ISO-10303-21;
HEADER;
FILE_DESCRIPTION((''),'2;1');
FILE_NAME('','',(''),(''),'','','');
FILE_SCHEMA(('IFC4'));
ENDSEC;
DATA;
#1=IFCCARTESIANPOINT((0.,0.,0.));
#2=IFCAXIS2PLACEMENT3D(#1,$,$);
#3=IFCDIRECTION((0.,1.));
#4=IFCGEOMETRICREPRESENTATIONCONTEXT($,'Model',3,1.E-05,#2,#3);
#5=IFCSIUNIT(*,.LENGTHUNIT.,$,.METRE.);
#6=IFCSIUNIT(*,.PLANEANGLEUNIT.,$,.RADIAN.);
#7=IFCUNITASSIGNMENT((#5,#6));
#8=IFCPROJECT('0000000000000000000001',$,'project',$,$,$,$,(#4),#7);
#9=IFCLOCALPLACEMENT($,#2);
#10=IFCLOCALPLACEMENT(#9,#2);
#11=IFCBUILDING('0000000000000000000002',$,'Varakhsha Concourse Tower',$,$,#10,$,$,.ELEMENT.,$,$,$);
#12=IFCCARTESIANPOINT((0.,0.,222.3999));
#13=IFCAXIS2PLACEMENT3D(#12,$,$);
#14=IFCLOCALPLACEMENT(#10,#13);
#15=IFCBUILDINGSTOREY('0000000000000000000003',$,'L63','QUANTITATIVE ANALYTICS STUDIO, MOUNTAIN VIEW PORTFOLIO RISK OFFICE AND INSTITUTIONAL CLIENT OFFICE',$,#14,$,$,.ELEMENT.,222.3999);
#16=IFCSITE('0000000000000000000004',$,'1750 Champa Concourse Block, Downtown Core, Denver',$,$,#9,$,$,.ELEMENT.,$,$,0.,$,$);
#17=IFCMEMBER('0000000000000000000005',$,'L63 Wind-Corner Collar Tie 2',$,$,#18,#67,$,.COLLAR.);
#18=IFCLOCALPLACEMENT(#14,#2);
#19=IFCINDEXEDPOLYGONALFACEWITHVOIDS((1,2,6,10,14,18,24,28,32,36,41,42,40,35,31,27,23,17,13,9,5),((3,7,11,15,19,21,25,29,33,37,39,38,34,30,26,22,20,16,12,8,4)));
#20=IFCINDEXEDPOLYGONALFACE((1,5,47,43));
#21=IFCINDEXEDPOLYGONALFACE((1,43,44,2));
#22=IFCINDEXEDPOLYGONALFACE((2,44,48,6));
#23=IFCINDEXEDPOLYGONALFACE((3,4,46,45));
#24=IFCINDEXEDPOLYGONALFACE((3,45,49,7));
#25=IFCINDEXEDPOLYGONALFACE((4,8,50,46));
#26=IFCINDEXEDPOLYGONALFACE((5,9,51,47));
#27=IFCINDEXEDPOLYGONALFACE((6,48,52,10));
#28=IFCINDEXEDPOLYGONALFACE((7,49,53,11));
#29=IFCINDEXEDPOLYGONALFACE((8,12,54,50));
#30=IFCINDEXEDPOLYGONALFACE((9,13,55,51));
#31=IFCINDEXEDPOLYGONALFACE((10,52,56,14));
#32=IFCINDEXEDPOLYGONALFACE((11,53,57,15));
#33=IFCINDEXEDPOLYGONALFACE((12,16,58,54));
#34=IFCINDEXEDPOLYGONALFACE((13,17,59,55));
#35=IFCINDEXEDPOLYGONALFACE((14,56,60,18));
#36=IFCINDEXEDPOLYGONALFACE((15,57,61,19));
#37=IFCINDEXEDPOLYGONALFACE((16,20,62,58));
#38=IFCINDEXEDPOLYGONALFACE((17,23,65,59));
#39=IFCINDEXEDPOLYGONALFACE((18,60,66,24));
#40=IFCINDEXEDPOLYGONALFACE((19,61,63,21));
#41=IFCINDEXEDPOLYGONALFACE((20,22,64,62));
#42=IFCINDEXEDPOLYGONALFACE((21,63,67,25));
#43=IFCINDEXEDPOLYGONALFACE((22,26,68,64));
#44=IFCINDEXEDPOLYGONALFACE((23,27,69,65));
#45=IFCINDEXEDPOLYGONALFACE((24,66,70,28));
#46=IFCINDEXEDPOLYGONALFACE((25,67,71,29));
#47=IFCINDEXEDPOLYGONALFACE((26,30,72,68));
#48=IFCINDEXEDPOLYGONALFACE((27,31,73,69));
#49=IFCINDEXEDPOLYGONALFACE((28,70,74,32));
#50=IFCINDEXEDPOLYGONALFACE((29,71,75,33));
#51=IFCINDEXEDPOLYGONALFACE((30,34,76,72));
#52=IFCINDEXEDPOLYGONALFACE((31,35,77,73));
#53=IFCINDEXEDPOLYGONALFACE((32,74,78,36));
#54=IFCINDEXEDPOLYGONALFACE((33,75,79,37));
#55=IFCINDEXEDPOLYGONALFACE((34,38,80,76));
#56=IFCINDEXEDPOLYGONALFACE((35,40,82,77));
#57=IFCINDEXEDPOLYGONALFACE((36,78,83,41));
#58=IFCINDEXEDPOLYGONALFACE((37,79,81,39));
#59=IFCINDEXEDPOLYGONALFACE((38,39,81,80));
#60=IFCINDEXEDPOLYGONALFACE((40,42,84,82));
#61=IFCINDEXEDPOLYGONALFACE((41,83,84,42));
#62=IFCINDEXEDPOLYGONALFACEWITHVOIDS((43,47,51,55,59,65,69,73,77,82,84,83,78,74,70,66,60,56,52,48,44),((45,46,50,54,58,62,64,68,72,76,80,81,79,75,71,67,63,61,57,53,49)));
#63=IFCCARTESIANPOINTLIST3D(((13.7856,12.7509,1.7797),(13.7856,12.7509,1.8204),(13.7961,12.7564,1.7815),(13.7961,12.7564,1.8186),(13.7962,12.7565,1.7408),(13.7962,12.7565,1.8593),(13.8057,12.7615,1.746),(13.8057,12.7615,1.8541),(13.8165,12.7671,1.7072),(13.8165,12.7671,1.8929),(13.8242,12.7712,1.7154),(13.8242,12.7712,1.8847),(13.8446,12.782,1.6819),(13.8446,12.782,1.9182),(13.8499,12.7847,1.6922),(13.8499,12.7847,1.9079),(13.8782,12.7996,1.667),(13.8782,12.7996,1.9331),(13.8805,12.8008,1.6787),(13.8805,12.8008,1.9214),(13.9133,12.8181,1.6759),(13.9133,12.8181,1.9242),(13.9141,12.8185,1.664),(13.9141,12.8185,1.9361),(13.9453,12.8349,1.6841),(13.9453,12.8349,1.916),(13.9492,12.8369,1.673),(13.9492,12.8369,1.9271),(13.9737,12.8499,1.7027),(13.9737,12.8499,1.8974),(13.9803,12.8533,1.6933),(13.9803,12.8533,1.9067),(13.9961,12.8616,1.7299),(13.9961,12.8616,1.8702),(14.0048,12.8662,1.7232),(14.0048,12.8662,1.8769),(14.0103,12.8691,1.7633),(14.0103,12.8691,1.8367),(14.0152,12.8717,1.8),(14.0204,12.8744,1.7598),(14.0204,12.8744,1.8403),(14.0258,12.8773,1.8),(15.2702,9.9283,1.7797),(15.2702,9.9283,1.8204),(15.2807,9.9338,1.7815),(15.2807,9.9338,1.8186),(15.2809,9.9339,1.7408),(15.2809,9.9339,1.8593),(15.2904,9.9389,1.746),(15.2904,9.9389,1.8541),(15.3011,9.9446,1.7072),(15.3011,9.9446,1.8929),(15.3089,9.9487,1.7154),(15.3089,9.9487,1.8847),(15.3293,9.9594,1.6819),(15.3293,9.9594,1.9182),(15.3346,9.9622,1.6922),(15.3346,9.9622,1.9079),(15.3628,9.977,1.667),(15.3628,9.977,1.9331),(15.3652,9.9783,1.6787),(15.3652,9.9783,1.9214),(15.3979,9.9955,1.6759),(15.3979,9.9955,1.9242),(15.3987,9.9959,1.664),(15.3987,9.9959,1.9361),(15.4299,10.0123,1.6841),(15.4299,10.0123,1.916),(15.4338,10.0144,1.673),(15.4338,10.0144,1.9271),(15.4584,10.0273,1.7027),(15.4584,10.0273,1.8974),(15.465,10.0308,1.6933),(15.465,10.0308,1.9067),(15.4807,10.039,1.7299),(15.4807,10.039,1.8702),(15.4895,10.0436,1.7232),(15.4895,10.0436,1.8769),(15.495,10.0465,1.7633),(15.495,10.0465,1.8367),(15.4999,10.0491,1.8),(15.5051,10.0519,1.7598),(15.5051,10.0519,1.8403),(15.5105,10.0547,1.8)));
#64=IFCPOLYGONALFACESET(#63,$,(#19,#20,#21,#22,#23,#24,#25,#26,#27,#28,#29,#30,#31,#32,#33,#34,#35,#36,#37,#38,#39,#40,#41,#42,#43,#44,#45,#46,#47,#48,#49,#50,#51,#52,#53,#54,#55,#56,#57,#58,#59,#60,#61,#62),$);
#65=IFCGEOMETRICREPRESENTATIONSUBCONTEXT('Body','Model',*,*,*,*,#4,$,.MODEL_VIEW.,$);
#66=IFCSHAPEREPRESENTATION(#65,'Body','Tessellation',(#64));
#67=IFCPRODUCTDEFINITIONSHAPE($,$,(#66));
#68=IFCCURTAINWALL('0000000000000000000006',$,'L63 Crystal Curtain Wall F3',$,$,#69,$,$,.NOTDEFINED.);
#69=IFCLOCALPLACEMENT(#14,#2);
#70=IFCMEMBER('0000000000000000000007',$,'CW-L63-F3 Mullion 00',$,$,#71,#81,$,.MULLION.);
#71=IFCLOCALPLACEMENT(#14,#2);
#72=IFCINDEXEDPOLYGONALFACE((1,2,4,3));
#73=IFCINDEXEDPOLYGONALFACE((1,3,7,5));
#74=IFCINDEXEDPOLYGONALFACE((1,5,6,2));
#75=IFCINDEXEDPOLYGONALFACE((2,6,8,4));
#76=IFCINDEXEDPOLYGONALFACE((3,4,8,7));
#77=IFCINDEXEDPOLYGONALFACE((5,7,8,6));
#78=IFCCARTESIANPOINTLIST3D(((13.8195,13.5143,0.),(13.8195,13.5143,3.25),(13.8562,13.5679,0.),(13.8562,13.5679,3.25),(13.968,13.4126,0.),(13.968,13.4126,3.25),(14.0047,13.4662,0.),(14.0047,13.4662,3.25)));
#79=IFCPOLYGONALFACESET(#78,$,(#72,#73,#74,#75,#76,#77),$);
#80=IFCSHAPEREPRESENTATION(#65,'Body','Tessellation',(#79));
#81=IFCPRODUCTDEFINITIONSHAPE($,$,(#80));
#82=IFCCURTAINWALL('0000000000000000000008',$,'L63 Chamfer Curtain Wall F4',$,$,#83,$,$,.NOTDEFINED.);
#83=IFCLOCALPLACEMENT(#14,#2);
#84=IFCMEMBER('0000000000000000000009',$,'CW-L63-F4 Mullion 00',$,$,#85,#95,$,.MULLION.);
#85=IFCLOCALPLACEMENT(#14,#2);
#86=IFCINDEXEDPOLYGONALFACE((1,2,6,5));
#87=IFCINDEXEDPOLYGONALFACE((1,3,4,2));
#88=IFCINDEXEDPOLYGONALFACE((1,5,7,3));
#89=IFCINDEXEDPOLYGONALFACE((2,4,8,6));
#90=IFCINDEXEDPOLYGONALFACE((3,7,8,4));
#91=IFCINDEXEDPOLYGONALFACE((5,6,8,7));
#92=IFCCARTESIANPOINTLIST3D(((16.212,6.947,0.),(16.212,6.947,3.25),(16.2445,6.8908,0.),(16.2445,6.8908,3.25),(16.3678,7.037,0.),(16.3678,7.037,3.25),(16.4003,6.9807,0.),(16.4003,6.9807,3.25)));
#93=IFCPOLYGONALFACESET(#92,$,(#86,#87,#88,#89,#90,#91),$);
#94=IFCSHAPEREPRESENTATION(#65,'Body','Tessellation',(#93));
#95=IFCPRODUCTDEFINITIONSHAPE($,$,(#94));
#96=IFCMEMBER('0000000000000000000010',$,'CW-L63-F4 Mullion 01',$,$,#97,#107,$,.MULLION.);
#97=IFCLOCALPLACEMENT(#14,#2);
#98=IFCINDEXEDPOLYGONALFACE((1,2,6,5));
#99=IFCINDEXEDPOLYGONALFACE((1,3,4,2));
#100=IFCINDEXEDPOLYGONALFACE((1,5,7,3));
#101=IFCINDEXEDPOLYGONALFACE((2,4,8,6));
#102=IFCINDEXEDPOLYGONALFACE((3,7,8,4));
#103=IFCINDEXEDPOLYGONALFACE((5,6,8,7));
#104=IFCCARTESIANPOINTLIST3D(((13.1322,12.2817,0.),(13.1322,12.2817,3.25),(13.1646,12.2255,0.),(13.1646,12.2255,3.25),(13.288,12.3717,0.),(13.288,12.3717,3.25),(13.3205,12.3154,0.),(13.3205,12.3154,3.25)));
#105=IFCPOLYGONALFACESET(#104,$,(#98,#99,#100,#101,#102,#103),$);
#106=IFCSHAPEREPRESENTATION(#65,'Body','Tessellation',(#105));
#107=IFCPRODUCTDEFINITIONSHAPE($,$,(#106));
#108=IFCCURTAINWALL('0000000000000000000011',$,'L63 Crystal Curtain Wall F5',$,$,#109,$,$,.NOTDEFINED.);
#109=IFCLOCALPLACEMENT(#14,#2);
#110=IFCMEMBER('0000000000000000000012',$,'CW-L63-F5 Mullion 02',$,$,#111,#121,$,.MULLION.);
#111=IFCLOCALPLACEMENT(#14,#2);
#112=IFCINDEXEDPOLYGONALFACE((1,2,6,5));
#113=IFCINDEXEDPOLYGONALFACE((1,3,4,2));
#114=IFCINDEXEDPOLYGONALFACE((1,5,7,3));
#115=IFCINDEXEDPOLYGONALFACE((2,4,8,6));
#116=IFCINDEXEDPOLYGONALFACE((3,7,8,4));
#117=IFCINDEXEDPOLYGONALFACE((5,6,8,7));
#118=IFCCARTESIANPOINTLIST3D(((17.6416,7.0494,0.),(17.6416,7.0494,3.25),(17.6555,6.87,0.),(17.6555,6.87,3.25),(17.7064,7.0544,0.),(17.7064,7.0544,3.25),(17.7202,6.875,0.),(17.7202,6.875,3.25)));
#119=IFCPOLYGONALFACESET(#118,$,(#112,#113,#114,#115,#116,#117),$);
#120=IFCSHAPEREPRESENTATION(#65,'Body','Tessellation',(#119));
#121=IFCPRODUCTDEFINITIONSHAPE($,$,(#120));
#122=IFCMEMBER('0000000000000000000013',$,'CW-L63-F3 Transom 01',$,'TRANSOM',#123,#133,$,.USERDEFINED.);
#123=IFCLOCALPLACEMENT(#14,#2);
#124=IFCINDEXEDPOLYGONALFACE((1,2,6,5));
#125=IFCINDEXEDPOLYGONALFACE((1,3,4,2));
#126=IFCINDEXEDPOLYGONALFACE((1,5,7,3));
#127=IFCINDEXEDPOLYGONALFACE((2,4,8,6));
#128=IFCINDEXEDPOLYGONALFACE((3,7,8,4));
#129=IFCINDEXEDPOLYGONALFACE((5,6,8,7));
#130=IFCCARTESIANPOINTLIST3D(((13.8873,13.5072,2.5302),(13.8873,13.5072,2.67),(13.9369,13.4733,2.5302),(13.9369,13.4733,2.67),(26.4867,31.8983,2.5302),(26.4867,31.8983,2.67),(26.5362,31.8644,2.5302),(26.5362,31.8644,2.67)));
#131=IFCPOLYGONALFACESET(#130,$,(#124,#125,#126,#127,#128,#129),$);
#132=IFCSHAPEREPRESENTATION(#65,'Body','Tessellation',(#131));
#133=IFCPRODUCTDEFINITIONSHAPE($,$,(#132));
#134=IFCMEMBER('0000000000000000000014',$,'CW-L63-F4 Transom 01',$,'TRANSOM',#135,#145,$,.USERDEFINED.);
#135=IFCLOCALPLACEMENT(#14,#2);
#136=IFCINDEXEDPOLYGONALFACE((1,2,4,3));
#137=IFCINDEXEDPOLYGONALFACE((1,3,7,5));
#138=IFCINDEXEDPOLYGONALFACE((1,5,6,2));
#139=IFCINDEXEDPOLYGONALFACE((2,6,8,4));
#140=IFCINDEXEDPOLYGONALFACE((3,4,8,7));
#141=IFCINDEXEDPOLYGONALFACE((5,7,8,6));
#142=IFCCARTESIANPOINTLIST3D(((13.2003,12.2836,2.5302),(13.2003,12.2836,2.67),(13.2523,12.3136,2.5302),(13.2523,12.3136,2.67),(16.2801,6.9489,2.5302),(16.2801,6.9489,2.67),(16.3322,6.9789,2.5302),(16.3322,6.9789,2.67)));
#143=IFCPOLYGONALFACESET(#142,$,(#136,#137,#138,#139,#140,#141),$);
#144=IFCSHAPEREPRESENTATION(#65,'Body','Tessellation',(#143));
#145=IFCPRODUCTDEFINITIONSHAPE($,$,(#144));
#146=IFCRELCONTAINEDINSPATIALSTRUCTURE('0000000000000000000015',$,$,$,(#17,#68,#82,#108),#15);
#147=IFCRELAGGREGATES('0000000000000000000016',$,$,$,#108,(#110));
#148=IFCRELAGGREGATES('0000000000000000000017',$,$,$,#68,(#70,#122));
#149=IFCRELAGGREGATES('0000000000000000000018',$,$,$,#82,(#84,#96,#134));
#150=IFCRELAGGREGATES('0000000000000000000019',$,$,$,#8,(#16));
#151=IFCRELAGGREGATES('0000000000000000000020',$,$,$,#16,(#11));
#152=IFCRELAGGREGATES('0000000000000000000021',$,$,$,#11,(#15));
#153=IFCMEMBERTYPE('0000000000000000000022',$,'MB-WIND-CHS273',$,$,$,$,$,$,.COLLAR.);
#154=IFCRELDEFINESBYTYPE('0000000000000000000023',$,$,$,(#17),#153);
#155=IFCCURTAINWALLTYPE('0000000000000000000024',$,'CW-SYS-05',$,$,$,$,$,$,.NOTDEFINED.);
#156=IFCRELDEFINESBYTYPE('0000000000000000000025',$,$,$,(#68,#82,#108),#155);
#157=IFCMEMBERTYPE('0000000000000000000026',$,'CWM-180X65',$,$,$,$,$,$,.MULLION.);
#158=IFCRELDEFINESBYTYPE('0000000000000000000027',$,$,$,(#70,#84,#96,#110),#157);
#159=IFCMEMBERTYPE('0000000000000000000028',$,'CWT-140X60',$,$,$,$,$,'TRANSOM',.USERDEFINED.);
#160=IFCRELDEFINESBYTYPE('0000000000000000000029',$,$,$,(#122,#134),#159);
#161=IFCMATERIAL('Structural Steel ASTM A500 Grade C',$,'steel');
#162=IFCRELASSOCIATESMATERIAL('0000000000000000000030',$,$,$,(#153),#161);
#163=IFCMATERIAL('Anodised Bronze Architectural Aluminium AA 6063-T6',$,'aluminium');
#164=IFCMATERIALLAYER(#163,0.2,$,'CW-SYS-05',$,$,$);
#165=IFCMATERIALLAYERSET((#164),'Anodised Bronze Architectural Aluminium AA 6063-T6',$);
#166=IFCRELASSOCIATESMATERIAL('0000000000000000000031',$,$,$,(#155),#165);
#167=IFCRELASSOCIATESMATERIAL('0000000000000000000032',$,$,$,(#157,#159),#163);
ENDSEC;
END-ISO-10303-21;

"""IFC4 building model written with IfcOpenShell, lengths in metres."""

from ifc_helpers import new_model, si_unit, direction, frame, origin, origin_2d, place, context, subcontext, project, spatial, rectangle, hollow_circle, extrude, source, transform, mapped, material, layer, layer_set, material_profile, profile_set, type_object, type_shapes, element, aggregate, save


model = new_model("IFC4")

# Units and contexts
model_context = context("Model", 3, precision=1e-05, world=origin(), true_north=direction((0.0, 1.0)))
body_context = subcontext(model_context, "Body", "Model", "MODEL_VIEW")
ifc_project = project(units=[si_unit("LENGTHUNIT", "METRE"), si_unit("PLANEANGLEUNIT", "RADIAN")], contexts=[model_context])

# Site, building, storey
site_placement = place(None, origin())
site = spatial("IfcSite", under=ifc_project, at=site_placement, Name="1750 Champa Concourse Block, Downtown Core, Denver", CompositionType="ELEMENT", RefElevation=0.0)
building_placement = place(site_placement, origin())
building = spatial("IfcBuilding", under=site, at=building_placement, Name="Varakhsha Concourse Tower", CompositionType="ELEMENT")
storey_placement = place(building_placement, frame((0.0, 0.0, 222.3999)))
storey = spatial("IfcBuildingStorey", under=building, at=storey_placement, Name="L63", Description="QUANTITATIVE ANALYTICS STUDIO, MOUNTAIN VIEW PORTFOLIO RISK OFFICE AND INSTITUTIONAL CLIENT OFFICE", CompositionType="ELEMENT", Elevation=222.3999)

# Member
ifc_material_1 = material(Name="Structural Steel ASTM A500 Grade C", Category="steel")
ifc_material_profile_1 = material_profile(ifc_material_1, hollow_circle(Radius=0.1365, WallThickness=0.012, at=origin_2d()), Name="CHS 273x12")
ifc_profile_set_1 = profile_set([ifc_material_profile_1], Name="Structural Steel ASTM A500 Grade C")
member_type_1 = type_object("IfcMemberType", Name="MB-WIND-CHS273", PredefinedType="COLLAR", material=ifc_profile_set_1)
shared_shape_1 = source(origin(), body_context, "Body", "SweptSolid", [
    extrude(hollow_circle(Radius=0.1365, WallThickness=0.012, at=origin_2d()), origin(), (0.0, 0.0, 1.0), 3.1892),
])
type_shapes(member_type_1, [shared_shape_1])
member_1_placement = place(storey_placement, frame((13.905, 12.8137, 1.8), z_axis=(0.465522, -0.885036, 0.0), x_axis=(0.885036, 0.465522, 0.0)))
element("IfcMember", 1, at=member_1_placement, inside=storey, type_object=member_type_1, Name="L63 Wind-Corner Collar Tie 2", PredefinedType="COLLAR", context=body_context, shape_type="MappedRepresentation", body=[
    mapped(shared_shape_1, transform((0.0, 0.0, 0.0), scale=1.0)),
])

# Curtain wall, member
ifc_material_2 = material(Name="Anodised Bronze Architectural Aluminium AA 6063-T6", Category="aluminium")
ifc_layer_1 = layer(ifc_material_2, 0.2, Name="CW-SYS-05")
ifc_layer_set_1 = layer_set([ifc_layer_1], Name="Anodised Bronze Architectural Aluminium AA 6063-T6")
curtain_wall_type = type_object("IfcCurtainWallType", Name="CW-SYS-05", PredefinedType="NOTDEFINED", material=ifc_layer_set_1)
curtain_wall_1_placement = place(storey_placement, origin())
curtain_wall_1 = element("IfcCurtainWall", 2, at=curtain_wall_1_placement, inside=storey, type_object=curtain_wall_type, Name="L63 Crystal Curtain Wall F3", PredefinedType="NOTDEFINED")
ifc_material_profile_2 = material_profile(ifc_material_2, rectangle(XDim=0.0649, YDim=0.1799, at=origin_2d()), Name="CWM-180X65")
ifc_profile_set_2 = profile_set([ifc_material_profile_2], Name="Anodised Bronze Architectural Aluminium AA 6063-T6")
member_type_2 = type_object("IfcMemberType", Name="CWM-180X65", PredefinedType="MULLION", material=ifc_profile_set_2)
shared_shape_2 = source(origin(), body_context, "Body", "SweptSolid", [
    extrude(rectangle(XDim=0.0649, YDim=0.1799, at=origin_2d()), origin(), (0.0, 0.0, 1.0), 3.25),
])
type_shapes(member_type_2, [shared_shape_2])
member_2_placement = place(storey_placement, frame((13.9121, 13.4902, 0.0), z_axis=(0.0, 0.0, 1.0), x_axis=(0.565173, 0.824972, 0.0)))
member_2 = element("IfcMember", 3, at=member_2_placement, type_object=member_type_2, Name="CW-L63-F3 Mullion 00", PredefinedType="MULLION", context=body_context, shape_type="MappedRepresentation", body=[
    mapped(shared_shape_2, transform((0.0, 0.0, 0.0), scale=1.0)),
])

# Curtain wall, members
curtain_wall_2_placement = place(storey_placement, origin())
curtain_wall_2 = element("IfcCurtainWall", 4, at=curtain_wall_2_placement, inside=storey, type_object=curtain_wall_type, Name="L63 Chamfer Curtain Wall F4", PredefinedType="NOTDEFINED")
member_3_placement = place(storey_placement, frame((16.3062, 6.9639, 0.0), z_axis=(0.0, 0.0, 1.0), x_axis=(-0.499994, 0.866029, 0.0)))
member_3 = element("IfcMember", 5, at=member_3_placement, type_object=member_type_2, Name="CW-L63-F4 Mullion 00", PredefinedType="MULLION", context=body_context, shape_type="MappedRepresentation", body=[
    mapped(shared_shape_2, transform((0.0, 0.0, 0.0), scale=1.0)),
])
member_4_placement = place(storey_placement, frame((13.2263, 12.2986, 0.0), z_axis=(0.0, 0.0, 1.0), x_axis=(-0.499994, 0.866029, 0.0)))
member_4 = element("IfcMember", 6, at=member_4_placement, type_object=member_type_2, Name="CW-L63-F4 Mullion 01", PredefinedType="MULLION", context=body_context, shape_type="MappedRepresentation", body=[
    mapped(shared_shape_2, transform((0.0, 0.0, 0.0), scale=1.0)),
])

# Curtain wall, member
curtain_wall_3_placement = place(storey_placement, origin())
curtain_wall_3 = element("IfcCurtainWall", 7, at=curtain_wall_3_placement, inside=storey, type_object=curtain_wall_type, Name="L63 Crystal Curtain Wall F5", PredefinedType="NOTDEFINED")
member_5_placement = place(storey_placement, frame((17.6809, 6.9622, 0.0), z_axis=(0.0, 0.0, 1.0), x_axis=(-0.997034, -0.076961, 0.0)))
member_5 = element("IfcMember", 8, at=member_5_placement, type_object=member_type_2, Name="CW-L63-F5 Mullion 02", PredefinedType="MULLION", context=body_context, shape_type="MappedRepresentation", body=[
    mapped(shared_shape_2, transform((0.0, 0.0, 0.0), scale=1.0)),
])
aggregate(curtain_wall_3, [member_5])

# Members
ifc_material_profile_3 = material_profile(ifc_material_2, rectangle(XDim=0.0601, YDim=0.1399, at=origin_2d()), Name="CWT-140X60")
ifc_profile_set_3 = profile_set([ifc_material_profile_3], Name="Anodised Bronze Architectural Aluminium AA 6063-T6")
member_type_3 = type_object("IfcMemberType", Name="CWT-140X60", ElementType="TRANSOM", PredefinedType="USERDEFINED", material=ifc_profile_set_3)
shared_shape_3 = source(origin(), body_context, "Body", "SweptSolid", [
    extrude(rectangle(XDim=0.0601, YDim=0.1399, at=origin_2d()), origin(), (0.0, 0.0, 1.0), 22.293),
])
member_6_placement = place(storey_placement, frame((13.9121, 13.4902, 2.6001), z_axis=(0.565172, 0.824973, 0.0), x_axis=(-0.824973, 0.565172, 0.0)))
member_6 = element("IfcMember", 9, at=member_6_placement, type_object=member_type_3, Name="CW-L63-F3 Transom 01", ObjectType="TRANSOM", PredefinedType="USERDEFINED", context=body_context, shape_type="MappedRepresentation", body=[
    mapped(shared_shape_3, transform((0.0, 0.0, 0.0), scale=1.0)),
])
shared_shape_4 = source(origin(), body_context, "Body", "SweptSolid", [
    extrude(rectangle(XDim=0.0601, YDim=0.1399, at=origin_2d()), origin(), (0.0, 0.0, 1.0), 6.1599),
])
type_shapes(member_type_3, [shared_shape_3, shared_shape_4])
member_7_placement = place(storey_placement, frame((16.3062, 6.9639, 2.6001), z_axis=(-0.49998, 0.866037, 0.0), x_axis=(-0.866037, -0.49998, 0.0)))
member_7 = element("IfcMember", 10, at=member_7_placement, type_object=member_type_3, Name="CW-L63-F4 Transom 01", ObjectType="TRANSOM", PredefinedType="USERDEFINED", context=body_context, shape_type="MappedRepresentation", body=[
    mapped(shared_shape_4, transform((0.0, 0.0, 0.0), scale=1.0)),
])

aggregate(curtain_wall_1, [member_2, member_6])
aggregate(curtain_wall_2, [member_3, member_4, member_7])

save(model, "model.ifc")
